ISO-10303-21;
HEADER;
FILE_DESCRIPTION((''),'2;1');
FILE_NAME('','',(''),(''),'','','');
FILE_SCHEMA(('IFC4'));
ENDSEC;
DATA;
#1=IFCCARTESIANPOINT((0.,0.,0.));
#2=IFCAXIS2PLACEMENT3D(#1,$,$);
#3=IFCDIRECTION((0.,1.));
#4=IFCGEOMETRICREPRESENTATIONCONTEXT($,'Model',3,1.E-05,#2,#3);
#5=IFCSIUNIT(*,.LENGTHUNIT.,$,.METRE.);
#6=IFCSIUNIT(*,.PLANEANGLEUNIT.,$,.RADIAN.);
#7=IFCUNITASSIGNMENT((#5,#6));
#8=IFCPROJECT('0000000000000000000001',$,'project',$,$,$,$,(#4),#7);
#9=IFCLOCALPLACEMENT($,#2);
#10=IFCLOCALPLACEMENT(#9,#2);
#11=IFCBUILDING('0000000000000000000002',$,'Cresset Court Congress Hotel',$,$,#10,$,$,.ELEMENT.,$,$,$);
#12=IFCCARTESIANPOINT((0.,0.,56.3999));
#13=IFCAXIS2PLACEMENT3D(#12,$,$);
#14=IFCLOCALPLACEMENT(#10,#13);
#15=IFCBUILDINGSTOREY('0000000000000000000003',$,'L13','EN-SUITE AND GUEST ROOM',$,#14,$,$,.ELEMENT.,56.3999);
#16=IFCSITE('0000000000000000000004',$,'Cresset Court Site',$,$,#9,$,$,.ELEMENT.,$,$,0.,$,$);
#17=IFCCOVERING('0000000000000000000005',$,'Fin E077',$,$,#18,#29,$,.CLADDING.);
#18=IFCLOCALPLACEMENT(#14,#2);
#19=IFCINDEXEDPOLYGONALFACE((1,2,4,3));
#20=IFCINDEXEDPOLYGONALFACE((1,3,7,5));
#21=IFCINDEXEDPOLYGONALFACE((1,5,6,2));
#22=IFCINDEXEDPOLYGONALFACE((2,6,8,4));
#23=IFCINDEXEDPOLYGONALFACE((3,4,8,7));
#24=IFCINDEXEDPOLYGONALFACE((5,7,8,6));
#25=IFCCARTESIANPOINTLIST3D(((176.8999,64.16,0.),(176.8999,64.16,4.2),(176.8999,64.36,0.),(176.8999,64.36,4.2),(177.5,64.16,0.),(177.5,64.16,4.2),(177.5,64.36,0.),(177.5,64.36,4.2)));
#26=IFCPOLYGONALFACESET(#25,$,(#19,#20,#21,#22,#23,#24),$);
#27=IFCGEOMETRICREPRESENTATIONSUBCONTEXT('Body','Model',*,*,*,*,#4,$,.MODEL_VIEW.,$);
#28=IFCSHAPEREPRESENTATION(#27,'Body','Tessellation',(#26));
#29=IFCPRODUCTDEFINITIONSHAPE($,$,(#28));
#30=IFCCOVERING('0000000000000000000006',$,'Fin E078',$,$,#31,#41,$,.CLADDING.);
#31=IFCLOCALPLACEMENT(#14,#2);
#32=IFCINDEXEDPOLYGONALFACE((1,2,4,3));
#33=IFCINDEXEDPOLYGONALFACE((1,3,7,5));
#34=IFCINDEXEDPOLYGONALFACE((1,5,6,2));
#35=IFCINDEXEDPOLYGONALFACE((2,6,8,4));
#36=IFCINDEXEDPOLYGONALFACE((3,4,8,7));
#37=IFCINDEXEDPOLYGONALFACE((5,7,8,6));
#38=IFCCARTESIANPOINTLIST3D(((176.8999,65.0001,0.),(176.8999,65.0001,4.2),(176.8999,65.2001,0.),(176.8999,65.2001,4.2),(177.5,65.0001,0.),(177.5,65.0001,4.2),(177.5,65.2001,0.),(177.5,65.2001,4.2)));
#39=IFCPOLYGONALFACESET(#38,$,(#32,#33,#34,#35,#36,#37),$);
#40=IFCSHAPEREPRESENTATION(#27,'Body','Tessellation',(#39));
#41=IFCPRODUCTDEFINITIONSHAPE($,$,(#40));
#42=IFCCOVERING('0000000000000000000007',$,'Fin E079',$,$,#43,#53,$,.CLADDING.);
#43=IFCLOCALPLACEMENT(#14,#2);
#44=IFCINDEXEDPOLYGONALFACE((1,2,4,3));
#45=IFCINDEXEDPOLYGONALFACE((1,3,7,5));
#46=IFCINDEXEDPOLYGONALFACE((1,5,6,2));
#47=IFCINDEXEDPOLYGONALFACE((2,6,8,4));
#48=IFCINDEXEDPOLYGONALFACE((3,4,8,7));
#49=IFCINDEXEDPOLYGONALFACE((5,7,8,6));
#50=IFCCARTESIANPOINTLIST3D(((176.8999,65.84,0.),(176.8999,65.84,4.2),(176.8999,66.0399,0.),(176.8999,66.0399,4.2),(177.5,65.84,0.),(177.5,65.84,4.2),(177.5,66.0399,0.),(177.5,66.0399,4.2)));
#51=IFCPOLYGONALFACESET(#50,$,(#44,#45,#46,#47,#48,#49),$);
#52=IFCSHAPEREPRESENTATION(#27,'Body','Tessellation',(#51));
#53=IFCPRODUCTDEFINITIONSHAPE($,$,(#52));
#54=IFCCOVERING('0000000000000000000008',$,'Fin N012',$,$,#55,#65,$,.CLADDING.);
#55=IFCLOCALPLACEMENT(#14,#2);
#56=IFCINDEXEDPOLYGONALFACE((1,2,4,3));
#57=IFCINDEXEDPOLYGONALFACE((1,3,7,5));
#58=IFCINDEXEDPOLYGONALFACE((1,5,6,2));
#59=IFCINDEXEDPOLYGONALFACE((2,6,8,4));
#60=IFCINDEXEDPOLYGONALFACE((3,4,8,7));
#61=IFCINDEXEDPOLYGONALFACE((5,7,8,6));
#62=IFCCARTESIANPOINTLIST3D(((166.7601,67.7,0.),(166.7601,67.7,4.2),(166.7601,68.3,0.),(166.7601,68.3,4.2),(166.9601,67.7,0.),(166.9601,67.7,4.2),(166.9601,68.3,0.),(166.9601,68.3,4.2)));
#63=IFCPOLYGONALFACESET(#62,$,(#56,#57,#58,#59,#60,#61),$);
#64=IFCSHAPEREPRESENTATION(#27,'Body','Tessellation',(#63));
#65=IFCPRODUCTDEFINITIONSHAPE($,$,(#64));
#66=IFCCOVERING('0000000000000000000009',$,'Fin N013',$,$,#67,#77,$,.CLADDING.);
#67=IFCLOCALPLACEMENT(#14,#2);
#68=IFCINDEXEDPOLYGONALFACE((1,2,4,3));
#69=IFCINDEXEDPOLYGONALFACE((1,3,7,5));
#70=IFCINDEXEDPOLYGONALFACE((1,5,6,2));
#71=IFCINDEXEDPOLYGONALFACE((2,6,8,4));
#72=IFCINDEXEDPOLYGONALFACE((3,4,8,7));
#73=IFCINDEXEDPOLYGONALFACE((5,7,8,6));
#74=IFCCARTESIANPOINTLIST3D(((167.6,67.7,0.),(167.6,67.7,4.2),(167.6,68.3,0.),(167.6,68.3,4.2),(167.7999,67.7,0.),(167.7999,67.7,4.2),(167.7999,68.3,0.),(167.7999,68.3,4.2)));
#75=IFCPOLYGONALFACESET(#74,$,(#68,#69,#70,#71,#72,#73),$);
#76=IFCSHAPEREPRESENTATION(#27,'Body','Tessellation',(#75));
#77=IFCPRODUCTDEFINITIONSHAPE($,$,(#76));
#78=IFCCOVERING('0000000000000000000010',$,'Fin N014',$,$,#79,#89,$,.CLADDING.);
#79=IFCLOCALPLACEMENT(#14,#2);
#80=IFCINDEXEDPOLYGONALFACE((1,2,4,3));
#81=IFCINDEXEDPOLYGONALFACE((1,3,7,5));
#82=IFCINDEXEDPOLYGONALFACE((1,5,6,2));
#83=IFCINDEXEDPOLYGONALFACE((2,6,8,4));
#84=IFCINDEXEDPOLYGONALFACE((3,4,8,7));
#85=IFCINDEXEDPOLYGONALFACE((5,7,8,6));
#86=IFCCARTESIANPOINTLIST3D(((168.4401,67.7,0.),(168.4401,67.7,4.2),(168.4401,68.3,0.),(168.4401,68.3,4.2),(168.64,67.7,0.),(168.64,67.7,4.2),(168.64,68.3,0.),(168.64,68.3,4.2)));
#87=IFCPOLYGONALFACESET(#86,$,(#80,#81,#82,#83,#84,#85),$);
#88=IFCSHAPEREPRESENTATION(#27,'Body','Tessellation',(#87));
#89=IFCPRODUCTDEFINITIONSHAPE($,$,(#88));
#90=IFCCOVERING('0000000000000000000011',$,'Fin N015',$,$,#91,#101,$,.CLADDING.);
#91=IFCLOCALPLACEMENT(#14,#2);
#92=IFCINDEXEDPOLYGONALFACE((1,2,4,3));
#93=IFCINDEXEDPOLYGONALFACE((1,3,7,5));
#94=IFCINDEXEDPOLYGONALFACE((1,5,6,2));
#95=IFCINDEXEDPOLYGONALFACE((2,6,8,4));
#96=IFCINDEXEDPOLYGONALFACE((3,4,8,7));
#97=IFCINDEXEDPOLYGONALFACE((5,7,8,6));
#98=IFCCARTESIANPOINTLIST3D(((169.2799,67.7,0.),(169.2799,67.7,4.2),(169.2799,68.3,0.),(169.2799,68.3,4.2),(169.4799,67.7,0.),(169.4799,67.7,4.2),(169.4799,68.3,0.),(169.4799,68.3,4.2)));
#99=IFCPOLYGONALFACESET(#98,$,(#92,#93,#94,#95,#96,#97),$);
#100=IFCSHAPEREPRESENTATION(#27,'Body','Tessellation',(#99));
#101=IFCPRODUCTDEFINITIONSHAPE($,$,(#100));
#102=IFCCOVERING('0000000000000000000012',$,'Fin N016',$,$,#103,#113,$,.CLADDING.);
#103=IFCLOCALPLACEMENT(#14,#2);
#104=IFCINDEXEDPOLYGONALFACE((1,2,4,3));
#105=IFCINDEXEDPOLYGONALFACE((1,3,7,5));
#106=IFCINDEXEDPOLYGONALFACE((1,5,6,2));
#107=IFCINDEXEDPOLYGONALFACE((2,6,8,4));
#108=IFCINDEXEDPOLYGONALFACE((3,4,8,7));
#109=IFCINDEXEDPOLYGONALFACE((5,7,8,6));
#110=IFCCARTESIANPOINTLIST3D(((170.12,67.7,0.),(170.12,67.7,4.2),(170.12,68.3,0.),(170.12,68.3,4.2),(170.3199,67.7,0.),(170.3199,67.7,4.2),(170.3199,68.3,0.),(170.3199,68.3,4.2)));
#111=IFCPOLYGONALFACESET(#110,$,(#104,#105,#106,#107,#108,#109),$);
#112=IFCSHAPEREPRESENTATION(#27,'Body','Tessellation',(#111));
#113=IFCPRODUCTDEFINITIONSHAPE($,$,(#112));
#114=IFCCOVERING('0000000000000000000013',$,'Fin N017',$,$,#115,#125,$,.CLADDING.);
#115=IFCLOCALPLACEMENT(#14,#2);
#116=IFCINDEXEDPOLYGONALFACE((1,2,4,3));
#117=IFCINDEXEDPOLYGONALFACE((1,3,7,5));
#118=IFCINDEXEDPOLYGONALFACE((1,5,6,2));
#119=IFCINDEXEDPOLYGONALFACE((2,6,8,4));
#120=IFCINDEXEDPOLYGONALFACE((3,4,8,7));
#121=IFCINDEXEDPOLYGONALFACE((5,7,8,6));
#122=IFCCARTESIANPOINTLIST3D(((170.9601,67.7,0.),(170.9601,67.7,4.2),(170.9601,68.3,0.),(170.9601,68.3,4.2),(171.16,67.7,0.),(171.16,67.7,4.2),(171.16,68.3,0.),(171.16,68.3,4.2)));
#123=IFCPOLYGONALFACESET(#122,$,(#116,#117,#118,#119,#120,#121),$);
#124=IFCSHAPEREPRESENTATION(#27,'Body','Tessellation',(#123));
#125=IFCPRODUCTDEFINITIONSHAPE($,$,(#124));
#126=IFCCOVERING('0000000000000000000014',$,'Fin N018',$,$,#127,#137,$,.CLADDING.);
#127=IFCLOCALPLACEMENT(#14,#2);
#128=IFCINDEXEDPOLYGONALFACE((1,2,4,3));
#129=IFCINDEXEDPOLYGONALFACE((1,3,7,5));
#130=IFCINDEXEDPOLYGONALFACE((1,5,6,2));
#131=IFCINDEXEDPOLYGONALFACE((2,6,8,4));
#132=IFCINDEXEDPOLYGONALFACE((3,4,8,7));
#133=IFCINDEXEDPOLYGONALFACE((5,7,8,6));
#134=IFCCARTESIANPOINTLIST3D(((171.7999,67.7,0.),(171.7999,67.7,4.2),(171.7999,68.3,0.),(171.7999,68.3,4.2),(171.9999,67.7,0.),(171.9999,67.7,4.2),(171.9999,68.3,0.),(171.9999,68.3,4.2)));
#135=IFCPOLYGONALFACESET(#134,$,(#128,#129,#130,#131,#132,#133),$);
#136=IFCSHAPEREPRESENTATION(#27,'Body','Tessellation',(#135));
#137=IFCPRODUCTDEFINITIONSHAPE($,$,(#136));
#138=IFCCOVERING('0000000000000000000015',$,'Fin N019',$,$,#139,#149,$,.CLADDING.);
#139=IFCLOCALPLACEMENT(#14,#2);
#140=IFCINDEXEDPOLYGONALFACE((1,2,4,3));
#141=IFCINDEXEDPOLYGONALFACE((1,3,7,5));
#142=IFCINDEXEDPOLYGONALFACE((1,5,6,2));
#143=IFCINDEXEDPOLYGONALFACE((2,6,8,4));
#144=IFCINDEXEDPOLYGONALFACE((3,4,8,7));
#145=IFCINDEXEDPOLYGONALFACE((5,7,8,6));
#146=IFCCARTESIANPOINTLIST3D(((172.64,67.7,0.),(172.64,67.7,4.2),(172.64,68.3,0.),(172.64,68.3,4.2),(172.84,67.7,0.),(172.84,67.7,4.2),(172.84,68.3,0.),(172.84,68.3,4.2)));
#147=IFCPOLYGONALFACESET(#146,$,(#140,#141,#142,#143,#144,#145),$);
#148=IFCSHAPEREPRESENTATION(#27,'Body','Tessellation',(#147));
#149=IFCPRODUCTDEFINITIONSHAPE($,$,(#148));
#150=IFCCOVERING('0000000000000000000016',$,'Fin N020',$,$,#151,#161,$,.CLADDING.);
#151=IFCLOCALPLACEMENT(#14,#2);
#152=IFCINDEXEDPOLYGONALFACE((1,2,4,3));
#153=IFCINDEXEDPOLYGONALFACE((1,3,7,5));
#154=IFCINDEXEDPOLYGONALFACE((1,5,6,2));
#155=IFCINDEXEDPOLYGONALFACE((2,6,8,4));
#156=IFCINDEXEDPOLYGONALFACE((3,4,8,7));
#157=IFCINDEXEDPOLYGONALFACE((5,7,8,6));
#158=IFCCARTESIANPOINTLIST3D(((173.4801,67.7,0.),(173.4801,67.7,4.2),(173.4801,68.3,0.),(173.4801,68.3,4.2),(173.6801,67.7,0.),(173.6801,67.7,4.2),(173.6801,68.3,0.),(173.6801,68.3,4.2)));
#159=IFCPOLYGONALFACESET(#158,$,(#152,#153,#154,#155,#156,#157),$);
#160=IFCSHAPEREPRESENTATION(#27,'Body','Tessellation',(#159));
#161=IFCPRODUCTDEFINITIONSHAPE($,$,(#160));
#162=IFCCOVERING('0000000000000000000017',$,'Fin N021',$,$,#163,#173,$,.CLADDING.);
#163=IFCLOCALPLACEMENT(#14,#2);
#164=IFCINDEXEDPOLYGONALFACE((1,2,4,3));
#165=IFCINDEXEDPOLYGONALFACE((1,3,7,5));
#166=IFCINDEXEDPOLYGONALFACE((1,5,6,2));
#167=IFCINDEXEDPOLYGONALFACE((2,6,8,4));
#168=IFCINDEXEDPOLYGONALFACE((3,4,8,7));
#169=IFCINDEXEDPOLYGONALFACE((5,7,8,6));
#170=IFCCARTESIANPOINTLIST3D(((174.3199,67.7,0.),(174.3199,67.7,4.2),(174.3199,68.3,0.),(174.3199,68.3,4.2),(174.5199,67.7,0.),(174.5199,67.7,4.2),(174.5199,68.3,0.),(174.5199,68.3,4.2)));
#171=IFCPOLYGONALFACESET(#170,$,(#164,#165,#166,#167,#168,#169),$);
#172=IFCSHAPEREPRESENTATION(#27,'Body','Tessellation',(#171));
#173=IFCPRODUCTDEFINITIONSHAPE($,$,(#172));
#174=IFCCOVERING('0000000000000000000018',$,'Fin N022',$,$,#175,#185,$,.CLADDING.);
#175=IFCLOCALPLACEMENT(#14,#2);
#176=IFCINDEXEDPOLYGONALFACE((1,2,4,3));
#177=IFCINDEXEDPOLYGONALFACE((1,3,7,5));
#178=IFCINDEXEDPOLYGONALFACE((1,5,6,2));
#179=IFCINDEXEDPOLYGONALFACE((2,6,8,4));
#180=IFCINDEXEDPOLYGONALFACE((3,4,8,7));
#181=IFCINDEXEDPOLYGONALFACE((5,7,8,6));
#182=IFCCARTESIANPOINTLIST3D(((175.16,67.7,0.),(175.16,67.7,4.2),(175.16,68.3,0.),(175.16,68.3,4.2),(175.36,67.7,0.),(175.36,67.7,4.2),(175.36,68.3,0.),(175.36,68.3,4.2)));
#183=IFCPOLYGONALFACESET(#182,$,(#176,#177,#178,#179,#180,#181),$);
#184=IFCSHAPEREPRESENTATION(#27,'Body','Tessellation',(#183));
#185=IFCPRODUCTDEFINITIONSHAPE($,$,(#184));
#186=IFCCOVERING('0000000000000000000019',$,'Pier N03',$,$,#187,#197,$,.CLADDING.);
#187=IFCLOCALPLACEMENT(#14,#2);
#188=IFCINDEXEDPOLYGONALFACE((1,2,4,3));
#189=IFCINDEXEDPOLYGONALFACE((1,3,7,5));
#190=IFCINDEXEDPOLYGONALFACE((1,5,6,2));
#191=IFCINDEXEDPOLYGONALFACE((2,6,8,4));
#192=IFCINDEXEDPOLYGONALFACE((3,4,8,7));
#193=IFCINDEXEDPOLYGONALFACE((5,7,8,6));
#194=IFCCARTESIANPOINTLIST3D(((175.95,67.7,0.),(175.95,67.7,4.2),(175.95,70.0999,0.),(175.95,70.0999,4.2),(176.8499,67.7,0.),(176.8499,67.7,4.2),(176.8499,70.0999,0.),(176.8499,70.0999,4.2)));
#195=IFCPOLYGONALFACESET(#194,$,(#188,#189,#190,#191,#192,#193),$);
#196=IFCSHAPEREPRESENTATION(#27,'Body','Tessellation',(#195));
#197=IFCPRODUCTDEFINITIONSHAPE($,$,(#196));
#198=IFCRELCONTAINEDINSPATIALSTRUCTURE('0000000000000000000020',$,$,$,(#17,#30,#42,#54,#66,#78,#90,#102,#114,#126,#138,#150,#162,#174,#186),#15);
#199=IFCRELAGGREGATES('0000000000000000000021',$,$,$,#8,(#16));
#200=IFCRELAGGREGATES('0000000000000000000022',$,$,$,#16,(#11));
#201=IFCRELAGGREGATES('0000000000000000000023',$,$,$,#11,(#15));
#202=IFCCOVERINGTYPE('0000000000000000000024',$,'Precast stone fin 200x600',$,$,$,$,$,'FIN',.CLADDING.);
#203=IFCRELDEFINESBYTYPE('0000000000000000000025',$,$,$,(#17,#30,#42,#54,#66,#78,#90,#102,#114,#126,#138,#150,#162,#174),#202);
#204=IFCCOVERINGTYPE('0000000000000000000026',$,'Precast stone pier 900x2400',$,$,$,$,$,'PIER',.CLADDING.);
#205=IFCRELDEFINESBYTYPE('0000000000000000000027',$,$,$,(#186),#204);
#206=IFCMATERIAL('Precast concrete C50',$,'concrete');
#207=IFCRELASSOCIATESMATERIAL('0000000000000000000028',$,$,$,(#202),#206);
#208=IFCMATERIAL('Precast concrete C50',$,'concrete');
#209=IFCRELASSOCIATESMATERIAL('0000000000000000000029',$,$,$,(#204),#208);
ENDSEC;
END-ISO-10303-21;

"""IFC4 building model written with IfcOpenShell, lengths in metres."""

from ifc_helpers import new_model, si_unit, direction, frame, origin, origin_2d, place, context, subcontext, project, spatial, rectangle, extrude, material, type_object, element, save


model = new_model("IFC4")

# Units and contexts
model_context = context("Model", 3, precision=1e-05, world=origin(), true_north=direction((0.0, 1.0)))
body_context = subcontext(model_context, "Body", "Model", "MODEL_VIEW")
ifc_project = project(units=[si_unit("LENGTHUNIT", "METRE"), si_unit("PLANEANGLEUNIT", "RADIAN")], contexts=[model_context])

# Site, building, storey
site_placement = place(None, origin())
site = spatial("IfcSite", under=ifc_project, at=site_placement, Name="Cresset Court Site", CompositionType="ELEMENT", RefElevation=0.0)
building_placement = place(site_placement, origin())
building = spatial("IfcBuilding", under=site, at=building_placement, Name="Cresset Court Congress Hotel", CompositionType="ELEMENT")
storey_placement = place(building_placement, frame((0.0, 0.0, 56.3999)))
storey = spatial("IfcBuildingStorey", under=building, at=storey_placement, Name="L13", Description="EN-SUITE AND GUEST ROOM", CompositionType="ELEMENT", Elevation=56.3999)

# Coverings
ifc_material_1 = material(Name="Precast concrete C50", Category="concrete")
covering_type_1 = type_object("IfcCoveringType", Name="Precast stone fin 200x600", ElementType="FIN", PredefinedType="CLADDING", material=ifc_material_1)
for number, where, z_axis, x_axis, name in (
    (1, (177.2, 64.26, 0.0), (0.0, 0.0, 1.0), (1.0, 0.0, 0.0), "Fin E077"),
    (2, (177.2, 65.1001, 0.0), (0.0, 0.0, 1.0), (1.0, 0.0, 0.0), "Fin E078"),
    (3, (177.2, 65.9399, 0.0), (0.0, 0.0, 1.0), (1.0, 0.0, 0.0), "Fin E079"),
):
    element("IfcCovering", number, at=place(storey_placement, frame(where, z_axis=z_axis, x_axis=x_axis)), inside=storey, type_object=covering_type_1, Name=name, PredefinedType="CLADDING", context=body_context, shape_type="SweptSolid", body=[
        extrude(rectangle(XDim=0.6001, YDim=0.2, at=origin_2d()), origin(), (0.0, 0.0, 1.0), 4.2),
    ])
for number, where, z_axis, x_axis, name in (
    (4, (166.8601, 68.0, 0.0), (0.0, 0.0, 1.0), (1.0, 0.0, 0.0), "Fin N012"),
    (5, (167.7, 68.0, 0.0), (0.0, 0.0, 1.0), (1.0, 0.0, 0.0), "Fin N013"),
    (6, (168.54, 68.0, 0.0), (0.0, 0.0, 1.0), (1.0, 0.0, 0.0), "Fin N014"),
    (7, (169.3799, 68.0, 0.0), (0.0, 0.0, 1.0), (1.0, 0.0, 0.0), "Fin N015"),
    (8, (170.22, 68.0, 0.0), (0.0, 0.0, 1.0), (1.0, 0.0, 0.0), "Fin N016"),
    (9, (171.0601, 68.0, 0.0), (0.0, 0.0, 1.0), (1.0, 0.0, 0.0), "Fin N017"),
    (10, (171.8999, 68.0, 0.0), (0.0, 0.0, 1.0), (1.0, 0.0, 0.0), "Fin N018"),
    (11, (172.74, 68.0, 0.0), (0.0, 0.0, 1.0), (1.0, 0.0, 0.0), "Fin N019"),
    (12, (173.5801, 68.0, 0.0), (0.0, 0.0, 1.0), (1.0, 0.0, 0.0), "Fin N020"),
    (13, (174.4199, 68.0, 0.0), (0.0, 0.0, 1.0), (1.0, 0.0, 0.0), "Fin N021"),
    (14, (175.26, 68.0, 0.0), (0.0, 0.0, 1.0), (1.0, 0.0, 0.0), "Fin N022"),
):
    element("IfcCovering", number, at=place(storey_placement, frame(where, z_axis=z_axis, x_axis=x_axis)), inside=storey, type_object=covering_type_1, Name=name, PredefinedType="CLADDING", context=body_context, shape_type="SweptSolid", body=[
        extrude(rectangle(XDim=0.2, YDim=0.6001, at=origin_2d()), origin(), (0.0, 0.0, 1.0), 4.2),
    ])
ifc_material_2 = material(Name="Precast concrete C50", Category="concrete")
covering_type_2 = type_object("IfcCoveringType", Name="Precast stone pier 900x2400", ElementType="PIER", PredefinedType="CLADDING", material=ifc_material_2)
covering_placement = place(storey_placement, frame((176.3999, 68.8999, 0.0), z_axis=(0.0, 0.0, 1.0), x_axis=(1.0, 0.0, 0.0)))
element("IfcCovering", 15, at=covering_placement, inside=storey, type_object=covering_type_2, Name="Pier N03", PredefinedType="CLADDING", context=body_context, shape_type="SweptSolid", body=[
    extrude(rectangle(XDim=0.8999, YDim=2.3999, at=origin_2d()), origin(), (0.0, 0.0, 1.0), 4.2),
])

save(model, "model.ifc")
